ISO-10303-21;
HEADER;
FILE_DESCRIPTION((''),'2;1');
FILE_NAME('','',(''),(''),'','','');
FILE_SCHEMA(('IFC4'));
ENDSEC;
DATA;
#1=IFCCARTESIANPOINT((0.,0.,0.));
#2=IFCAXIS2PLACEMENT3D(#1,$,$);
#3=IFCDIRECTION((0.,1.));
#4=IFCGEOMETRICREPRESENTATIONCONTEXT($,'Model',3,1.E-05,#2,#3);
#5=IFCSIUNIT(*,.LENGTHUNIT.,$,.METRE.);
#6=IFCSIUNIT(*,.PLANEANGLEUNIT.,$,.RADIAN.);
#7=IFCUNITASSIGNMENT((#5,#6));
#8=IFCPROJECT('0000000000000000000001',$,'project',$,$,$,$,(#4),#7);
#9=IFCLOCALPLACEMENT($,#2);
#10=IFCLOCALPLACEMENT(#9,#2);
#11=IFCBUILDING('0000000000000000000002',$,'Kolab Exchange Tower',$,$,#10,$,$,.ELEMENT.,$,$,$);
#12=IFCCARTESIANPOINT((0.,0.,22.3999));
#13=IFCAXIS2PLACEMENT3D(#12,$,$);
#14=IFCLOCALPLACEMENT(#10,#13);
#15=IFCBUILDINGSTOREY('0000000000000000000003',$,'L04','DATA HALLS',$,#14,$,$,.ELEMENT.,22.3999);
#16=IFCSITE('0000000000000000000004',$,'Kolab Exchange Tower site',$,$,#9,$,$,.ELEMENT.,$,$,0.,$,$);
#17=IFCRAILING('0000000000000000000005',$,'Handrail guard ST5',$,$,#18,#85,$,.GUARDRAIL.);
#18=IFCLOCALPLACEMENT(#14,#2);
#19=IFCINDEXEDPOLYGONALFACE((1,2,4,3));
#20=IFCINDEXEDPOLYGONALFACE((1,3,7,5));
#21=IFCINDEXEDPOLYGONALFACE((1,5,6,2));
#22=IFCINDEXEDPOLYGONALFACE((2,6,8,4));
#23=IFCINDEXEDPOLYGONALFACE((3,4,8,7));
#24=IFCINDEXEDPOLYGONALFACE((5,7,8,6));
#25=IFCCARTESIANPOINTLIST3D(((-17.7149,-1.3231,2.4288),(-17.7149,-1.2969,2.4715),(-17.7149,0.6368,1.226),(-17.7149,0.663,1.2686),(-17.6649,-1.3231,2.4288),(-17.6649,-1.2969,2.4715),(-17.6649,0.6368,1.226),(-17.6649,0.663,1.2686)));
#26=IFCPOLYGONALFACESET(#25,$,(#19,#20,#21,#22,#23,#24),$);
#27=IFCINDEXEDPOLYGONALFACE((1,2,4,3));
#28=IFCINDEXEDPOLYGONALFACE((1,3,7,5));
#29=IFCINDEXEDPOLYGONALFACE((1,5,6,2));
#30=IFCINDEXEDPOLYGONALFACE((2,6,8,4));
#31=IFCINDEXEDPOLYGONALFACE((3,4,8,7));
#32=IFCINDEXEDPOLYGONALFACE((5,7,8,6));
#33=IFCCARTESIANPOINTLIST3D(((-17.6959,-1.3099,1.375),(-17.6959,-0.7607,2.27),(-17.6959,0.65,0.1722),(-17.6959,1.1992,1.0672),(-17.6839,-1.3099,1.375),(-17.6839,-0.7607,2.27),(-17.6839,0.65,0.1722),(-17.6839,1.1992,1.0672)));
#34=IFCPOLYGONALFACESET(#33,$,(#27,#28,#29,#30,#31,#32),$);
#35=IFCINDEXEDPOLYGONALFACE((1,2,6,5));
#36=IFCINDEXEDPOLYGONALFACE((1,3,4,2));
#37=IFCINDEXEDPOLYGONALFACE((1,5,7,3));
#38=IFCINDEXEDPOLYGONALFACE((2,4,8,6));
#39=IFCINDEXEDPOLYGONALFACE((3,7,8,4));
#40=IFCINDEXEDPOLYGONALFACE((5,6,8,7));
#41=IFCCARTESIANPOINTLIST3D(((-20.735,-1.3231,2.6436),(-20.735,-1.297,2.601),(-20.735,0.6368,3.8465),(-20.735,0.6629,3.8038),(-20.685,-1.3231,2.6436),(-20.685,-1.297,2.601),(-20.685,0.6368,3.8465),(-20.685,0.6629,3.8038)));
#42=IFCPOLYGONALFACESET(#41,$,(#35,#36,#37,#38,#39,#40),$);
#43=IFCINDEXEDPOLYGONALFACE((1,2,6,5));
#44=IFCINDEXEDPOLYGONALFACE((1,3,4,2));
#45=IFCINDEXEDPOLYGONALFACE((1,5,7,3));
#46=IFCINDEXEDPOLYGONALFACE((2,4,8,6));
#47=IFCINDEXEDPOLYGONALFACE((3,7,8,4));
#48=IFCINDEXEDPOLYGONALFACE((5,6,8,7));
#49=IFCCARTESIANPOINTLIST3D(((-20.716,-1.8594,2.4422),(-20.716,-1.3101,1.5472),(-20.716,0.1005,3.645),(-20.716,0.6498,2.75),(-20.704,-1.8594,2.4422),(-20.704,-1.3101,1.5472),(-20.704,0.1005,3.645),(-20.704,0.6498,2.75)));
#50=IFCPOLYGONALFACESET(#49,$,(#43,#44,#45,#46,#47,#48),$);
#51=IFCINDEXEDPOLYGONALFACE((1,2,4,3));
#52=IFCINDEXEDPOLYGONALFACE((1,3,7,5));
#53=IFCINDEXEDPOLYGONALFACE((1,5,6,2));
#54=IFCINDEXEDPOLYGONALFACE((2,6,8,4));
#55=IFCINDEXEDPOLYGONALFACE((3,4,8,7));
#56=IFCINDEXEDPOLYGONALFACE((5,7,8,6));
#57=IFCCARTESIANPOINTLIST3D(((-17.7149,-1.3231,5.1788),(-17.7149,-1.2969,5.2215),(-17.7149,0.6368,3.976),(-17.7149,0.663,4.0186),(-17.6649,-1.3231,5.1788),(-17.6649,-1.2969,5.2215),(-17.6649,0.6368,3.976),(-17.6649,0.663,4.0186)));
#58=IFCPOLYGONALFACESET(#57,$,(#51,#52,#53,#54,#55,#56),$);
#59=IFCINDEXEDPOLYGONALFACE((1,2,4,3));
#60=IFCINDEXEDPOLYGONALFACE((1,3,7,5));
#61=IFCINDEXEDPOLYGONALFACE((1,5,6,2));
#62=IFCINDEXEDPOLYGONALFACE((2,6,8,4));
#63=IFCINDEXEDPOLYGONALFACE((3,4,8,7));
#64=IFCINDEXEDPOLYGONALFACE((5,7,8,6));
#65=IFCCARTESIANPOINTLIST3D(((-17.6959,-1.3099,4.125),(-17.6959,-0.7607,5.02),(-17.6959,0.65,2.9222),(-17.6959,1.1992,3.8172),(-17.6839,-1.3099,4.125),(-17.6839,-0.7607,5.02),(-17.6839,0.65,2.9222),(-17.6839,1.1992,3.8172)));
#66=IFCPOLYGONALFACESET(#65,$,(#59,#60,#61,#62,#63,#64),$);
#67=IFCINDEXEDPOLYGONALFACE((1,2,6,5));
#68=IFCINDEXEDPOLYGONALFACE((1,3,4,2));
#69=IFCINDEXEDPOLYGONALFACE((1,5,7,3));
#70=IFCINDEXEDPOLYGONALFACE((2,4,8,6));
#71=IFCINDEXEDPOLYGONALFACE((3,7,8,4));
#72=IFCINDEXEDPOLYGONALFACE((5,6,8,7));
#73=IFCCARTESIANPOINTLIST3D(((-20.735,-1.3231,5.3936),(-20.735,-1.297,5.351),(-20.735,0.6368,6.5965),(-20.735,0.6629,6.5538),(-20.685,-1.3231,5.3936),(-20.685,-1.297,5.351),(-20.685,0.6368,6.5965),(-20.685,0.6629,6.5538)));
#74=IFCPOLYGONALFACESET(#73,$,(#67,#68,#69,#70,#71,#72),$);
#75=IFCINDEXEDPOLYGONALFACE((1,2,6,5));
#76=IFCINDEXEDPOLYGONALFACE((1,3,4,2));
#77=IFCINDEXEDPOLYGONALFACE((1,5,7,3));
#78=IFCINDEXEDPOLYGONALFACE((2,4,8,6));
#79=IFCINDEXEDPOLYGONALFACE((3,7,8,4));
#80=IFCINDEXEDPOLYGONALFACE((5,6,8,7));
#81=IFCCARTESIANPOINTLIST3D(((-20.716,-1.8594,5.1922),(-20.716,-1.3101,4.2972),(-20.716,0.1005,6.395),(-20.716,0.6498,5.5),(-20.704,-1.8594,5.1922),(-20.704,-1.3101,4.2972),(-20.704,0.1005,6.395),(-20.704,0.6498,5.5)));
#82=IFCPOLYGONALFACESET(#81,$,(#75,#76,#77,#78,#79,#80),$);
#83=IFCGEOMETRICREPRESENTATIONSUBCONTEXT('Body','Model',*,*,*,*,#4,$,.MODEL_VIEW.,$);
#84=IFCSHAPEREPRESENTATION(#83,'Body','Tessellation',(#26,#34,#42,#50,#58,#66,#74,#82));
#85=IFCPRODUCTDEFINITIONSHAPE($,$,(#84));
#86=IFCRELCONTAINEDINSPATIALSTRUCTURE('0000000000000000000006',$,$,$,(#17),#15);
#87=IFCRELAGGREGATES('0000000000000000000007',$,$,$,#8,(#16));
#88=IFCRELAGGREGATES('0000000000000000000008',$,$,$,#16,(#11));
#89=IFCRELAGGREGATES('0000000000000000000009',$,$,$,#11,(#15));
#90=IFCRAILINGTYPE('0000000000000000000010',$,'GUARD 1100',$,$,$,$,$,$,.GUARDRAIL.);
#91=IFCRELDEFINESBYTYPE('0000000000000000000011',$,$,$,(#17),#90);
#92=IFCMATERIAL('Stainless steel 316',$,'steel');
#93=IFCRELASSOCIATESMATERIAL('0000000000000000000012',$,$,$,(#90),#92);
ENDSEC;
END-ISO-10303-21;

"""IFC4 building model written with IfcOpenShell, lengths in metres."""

from ifc_helpers import new_model, si_unit, direction, frame, frame_2d, origin, origin_2d, place, context, subcontext, project, spatial, rectangle, extrude, material, type_object, element, save


model = new_model("IFC4")

# Units and contexts
model_context = context("Model", 3, precision=1e-05, world=origin(), true_north=direction((0.0, 1.0)))
body_context = subcontext(model_context, "Body", "Model", "MODEL_VIEW")
ifc_project = project(units=[si_unit("LENGTHUNIT", "METRE"), si_unit("PLANEANGLEUNIT", "RADIAN")], contexts=[model_context])

# Site, building, storey
site_placement = place(None, origin())
site = spatial("IfcSite", under=ifc_project, at=site_placement, Name="Kolab Exchange Tower site", CompositionType="ELEMENT", RefElevation=0.0)
building_placement = place(site_placement, origin())
building = spatial("IfcBuilding", under=site, at=building_placement, Name="Kolab Exchange Tower", CompositionType="ELEMENT")
storey_placement = place(building_placement, frame((0.0, 0.0, 22.3999)))
storey = spatial("IfcBuildingStorey", under=building, at=storey_placement, Name="L04", Description="DATA HALLS", CompositionType="ELEMENT", Elevation=22.3999)

# Railing
ifc_material_1 = material(Name="Stainless steel 316", Category="steel")
railing_type = type_object("IfcRailingType", Name="GUARD 1100", PredefinedType="GUARDRAIL", material=ifc_material_1)
railing_1_placement = place(storey_placement, frame((-17.6899, 0.6499, 0.1721)))
element("IfcRailing", 1, at=railing_1_placement, inside=storey, type_object=railing_type, Name="Handrail guard ST5", PredefinedType="GUARDRAIL", context=body_context, shape_type="SweptSolid", body=[
    extrude(rectangle(XDim=0.05, YDim=0.05, at=origin_2d()), frame((0.0, 0.0, 1.0752), z_axis=(0.0, -0.852288, 0.523072), x_axis=(1.0, 0.0, 0.0)), (0.0, 0.0, 1.0), 2.2996),
    extrude(rectangle(XDim=0.012, YDim=1.0501, at=frame_2d((0.0, 0.5251))), frame((0.0, 0.0, 0.0), z_axis=(0.0, -0.852288, 0.523072), x_axis=(1.0, 0.0, 0.0)), (0.0, 0.0, 1.0), 2.2996),
    extrude(rectangle(XDim=0.05, YDim=0.05, at=origin_2d()), frame((-3.02, -1.96, 2.4502), z_axis=(0.0, 0.852288, 0.523072), x_axis=(-1.0, 0.0, 0.0)), (0.0, 0.0, 1.0), 2.2996),
    extrude(rectangle(XDim=0.012, YDim=1.0501, at=frame_2d((0.0, 0.5251))), frame((-3.02, -1.96, 1.375), z_axis=(0.0, 0.852288, 0.523072), x_axis=(-1.0, 0.0, 0.0)), (0.0, 0.0, 1.0), 2.2996),
    extrude(rectangle(XDim=0.05, YDim=0.05, at=origin_2d()), frame((0.0, 0.0, 3.8252), z_axis=(0.0, -0.852288, 0.523072), x_axis=(1.0, 0.0, 0.0)), (0.0, 0.0, 1.0), 2.2996),
    extrude(rectangle(XDim=0.012, YDim=1.0501, at=frame_2d((0.0, 0.5251))), frame((0.0, 0.0, 2.75), z_axis=(0.0, -0.852288, 0.523072), x_axis=(1.0, 0.0, 0.0)), (0.0, 0.0, 1.0), 2.2996),
    extrude(rectangle(XDim=0.05, YDim=0.05, at=origin_2d()), frame((-3.02, -1.96, 5.2002), z_axis=(0.0, 0.852288, 0.523072), x_axis=(-1.0, 0.0, 0.0)), (0.0, 0.0, 1.0), 2.2996),
    extrude(rectangle(XDim=0.012, YDim=1.0501, at=frame_2d((0.0, 0.5251))), frame((-3.02, -1.96, 4.125), z_axis=(0.0, 0.852288, 0.523072), x_axis=(-1.0, 0.0, 0.0)), (0.0, 0.0, 1.0), 2.2996),
])

save(model, "model.ifc")
